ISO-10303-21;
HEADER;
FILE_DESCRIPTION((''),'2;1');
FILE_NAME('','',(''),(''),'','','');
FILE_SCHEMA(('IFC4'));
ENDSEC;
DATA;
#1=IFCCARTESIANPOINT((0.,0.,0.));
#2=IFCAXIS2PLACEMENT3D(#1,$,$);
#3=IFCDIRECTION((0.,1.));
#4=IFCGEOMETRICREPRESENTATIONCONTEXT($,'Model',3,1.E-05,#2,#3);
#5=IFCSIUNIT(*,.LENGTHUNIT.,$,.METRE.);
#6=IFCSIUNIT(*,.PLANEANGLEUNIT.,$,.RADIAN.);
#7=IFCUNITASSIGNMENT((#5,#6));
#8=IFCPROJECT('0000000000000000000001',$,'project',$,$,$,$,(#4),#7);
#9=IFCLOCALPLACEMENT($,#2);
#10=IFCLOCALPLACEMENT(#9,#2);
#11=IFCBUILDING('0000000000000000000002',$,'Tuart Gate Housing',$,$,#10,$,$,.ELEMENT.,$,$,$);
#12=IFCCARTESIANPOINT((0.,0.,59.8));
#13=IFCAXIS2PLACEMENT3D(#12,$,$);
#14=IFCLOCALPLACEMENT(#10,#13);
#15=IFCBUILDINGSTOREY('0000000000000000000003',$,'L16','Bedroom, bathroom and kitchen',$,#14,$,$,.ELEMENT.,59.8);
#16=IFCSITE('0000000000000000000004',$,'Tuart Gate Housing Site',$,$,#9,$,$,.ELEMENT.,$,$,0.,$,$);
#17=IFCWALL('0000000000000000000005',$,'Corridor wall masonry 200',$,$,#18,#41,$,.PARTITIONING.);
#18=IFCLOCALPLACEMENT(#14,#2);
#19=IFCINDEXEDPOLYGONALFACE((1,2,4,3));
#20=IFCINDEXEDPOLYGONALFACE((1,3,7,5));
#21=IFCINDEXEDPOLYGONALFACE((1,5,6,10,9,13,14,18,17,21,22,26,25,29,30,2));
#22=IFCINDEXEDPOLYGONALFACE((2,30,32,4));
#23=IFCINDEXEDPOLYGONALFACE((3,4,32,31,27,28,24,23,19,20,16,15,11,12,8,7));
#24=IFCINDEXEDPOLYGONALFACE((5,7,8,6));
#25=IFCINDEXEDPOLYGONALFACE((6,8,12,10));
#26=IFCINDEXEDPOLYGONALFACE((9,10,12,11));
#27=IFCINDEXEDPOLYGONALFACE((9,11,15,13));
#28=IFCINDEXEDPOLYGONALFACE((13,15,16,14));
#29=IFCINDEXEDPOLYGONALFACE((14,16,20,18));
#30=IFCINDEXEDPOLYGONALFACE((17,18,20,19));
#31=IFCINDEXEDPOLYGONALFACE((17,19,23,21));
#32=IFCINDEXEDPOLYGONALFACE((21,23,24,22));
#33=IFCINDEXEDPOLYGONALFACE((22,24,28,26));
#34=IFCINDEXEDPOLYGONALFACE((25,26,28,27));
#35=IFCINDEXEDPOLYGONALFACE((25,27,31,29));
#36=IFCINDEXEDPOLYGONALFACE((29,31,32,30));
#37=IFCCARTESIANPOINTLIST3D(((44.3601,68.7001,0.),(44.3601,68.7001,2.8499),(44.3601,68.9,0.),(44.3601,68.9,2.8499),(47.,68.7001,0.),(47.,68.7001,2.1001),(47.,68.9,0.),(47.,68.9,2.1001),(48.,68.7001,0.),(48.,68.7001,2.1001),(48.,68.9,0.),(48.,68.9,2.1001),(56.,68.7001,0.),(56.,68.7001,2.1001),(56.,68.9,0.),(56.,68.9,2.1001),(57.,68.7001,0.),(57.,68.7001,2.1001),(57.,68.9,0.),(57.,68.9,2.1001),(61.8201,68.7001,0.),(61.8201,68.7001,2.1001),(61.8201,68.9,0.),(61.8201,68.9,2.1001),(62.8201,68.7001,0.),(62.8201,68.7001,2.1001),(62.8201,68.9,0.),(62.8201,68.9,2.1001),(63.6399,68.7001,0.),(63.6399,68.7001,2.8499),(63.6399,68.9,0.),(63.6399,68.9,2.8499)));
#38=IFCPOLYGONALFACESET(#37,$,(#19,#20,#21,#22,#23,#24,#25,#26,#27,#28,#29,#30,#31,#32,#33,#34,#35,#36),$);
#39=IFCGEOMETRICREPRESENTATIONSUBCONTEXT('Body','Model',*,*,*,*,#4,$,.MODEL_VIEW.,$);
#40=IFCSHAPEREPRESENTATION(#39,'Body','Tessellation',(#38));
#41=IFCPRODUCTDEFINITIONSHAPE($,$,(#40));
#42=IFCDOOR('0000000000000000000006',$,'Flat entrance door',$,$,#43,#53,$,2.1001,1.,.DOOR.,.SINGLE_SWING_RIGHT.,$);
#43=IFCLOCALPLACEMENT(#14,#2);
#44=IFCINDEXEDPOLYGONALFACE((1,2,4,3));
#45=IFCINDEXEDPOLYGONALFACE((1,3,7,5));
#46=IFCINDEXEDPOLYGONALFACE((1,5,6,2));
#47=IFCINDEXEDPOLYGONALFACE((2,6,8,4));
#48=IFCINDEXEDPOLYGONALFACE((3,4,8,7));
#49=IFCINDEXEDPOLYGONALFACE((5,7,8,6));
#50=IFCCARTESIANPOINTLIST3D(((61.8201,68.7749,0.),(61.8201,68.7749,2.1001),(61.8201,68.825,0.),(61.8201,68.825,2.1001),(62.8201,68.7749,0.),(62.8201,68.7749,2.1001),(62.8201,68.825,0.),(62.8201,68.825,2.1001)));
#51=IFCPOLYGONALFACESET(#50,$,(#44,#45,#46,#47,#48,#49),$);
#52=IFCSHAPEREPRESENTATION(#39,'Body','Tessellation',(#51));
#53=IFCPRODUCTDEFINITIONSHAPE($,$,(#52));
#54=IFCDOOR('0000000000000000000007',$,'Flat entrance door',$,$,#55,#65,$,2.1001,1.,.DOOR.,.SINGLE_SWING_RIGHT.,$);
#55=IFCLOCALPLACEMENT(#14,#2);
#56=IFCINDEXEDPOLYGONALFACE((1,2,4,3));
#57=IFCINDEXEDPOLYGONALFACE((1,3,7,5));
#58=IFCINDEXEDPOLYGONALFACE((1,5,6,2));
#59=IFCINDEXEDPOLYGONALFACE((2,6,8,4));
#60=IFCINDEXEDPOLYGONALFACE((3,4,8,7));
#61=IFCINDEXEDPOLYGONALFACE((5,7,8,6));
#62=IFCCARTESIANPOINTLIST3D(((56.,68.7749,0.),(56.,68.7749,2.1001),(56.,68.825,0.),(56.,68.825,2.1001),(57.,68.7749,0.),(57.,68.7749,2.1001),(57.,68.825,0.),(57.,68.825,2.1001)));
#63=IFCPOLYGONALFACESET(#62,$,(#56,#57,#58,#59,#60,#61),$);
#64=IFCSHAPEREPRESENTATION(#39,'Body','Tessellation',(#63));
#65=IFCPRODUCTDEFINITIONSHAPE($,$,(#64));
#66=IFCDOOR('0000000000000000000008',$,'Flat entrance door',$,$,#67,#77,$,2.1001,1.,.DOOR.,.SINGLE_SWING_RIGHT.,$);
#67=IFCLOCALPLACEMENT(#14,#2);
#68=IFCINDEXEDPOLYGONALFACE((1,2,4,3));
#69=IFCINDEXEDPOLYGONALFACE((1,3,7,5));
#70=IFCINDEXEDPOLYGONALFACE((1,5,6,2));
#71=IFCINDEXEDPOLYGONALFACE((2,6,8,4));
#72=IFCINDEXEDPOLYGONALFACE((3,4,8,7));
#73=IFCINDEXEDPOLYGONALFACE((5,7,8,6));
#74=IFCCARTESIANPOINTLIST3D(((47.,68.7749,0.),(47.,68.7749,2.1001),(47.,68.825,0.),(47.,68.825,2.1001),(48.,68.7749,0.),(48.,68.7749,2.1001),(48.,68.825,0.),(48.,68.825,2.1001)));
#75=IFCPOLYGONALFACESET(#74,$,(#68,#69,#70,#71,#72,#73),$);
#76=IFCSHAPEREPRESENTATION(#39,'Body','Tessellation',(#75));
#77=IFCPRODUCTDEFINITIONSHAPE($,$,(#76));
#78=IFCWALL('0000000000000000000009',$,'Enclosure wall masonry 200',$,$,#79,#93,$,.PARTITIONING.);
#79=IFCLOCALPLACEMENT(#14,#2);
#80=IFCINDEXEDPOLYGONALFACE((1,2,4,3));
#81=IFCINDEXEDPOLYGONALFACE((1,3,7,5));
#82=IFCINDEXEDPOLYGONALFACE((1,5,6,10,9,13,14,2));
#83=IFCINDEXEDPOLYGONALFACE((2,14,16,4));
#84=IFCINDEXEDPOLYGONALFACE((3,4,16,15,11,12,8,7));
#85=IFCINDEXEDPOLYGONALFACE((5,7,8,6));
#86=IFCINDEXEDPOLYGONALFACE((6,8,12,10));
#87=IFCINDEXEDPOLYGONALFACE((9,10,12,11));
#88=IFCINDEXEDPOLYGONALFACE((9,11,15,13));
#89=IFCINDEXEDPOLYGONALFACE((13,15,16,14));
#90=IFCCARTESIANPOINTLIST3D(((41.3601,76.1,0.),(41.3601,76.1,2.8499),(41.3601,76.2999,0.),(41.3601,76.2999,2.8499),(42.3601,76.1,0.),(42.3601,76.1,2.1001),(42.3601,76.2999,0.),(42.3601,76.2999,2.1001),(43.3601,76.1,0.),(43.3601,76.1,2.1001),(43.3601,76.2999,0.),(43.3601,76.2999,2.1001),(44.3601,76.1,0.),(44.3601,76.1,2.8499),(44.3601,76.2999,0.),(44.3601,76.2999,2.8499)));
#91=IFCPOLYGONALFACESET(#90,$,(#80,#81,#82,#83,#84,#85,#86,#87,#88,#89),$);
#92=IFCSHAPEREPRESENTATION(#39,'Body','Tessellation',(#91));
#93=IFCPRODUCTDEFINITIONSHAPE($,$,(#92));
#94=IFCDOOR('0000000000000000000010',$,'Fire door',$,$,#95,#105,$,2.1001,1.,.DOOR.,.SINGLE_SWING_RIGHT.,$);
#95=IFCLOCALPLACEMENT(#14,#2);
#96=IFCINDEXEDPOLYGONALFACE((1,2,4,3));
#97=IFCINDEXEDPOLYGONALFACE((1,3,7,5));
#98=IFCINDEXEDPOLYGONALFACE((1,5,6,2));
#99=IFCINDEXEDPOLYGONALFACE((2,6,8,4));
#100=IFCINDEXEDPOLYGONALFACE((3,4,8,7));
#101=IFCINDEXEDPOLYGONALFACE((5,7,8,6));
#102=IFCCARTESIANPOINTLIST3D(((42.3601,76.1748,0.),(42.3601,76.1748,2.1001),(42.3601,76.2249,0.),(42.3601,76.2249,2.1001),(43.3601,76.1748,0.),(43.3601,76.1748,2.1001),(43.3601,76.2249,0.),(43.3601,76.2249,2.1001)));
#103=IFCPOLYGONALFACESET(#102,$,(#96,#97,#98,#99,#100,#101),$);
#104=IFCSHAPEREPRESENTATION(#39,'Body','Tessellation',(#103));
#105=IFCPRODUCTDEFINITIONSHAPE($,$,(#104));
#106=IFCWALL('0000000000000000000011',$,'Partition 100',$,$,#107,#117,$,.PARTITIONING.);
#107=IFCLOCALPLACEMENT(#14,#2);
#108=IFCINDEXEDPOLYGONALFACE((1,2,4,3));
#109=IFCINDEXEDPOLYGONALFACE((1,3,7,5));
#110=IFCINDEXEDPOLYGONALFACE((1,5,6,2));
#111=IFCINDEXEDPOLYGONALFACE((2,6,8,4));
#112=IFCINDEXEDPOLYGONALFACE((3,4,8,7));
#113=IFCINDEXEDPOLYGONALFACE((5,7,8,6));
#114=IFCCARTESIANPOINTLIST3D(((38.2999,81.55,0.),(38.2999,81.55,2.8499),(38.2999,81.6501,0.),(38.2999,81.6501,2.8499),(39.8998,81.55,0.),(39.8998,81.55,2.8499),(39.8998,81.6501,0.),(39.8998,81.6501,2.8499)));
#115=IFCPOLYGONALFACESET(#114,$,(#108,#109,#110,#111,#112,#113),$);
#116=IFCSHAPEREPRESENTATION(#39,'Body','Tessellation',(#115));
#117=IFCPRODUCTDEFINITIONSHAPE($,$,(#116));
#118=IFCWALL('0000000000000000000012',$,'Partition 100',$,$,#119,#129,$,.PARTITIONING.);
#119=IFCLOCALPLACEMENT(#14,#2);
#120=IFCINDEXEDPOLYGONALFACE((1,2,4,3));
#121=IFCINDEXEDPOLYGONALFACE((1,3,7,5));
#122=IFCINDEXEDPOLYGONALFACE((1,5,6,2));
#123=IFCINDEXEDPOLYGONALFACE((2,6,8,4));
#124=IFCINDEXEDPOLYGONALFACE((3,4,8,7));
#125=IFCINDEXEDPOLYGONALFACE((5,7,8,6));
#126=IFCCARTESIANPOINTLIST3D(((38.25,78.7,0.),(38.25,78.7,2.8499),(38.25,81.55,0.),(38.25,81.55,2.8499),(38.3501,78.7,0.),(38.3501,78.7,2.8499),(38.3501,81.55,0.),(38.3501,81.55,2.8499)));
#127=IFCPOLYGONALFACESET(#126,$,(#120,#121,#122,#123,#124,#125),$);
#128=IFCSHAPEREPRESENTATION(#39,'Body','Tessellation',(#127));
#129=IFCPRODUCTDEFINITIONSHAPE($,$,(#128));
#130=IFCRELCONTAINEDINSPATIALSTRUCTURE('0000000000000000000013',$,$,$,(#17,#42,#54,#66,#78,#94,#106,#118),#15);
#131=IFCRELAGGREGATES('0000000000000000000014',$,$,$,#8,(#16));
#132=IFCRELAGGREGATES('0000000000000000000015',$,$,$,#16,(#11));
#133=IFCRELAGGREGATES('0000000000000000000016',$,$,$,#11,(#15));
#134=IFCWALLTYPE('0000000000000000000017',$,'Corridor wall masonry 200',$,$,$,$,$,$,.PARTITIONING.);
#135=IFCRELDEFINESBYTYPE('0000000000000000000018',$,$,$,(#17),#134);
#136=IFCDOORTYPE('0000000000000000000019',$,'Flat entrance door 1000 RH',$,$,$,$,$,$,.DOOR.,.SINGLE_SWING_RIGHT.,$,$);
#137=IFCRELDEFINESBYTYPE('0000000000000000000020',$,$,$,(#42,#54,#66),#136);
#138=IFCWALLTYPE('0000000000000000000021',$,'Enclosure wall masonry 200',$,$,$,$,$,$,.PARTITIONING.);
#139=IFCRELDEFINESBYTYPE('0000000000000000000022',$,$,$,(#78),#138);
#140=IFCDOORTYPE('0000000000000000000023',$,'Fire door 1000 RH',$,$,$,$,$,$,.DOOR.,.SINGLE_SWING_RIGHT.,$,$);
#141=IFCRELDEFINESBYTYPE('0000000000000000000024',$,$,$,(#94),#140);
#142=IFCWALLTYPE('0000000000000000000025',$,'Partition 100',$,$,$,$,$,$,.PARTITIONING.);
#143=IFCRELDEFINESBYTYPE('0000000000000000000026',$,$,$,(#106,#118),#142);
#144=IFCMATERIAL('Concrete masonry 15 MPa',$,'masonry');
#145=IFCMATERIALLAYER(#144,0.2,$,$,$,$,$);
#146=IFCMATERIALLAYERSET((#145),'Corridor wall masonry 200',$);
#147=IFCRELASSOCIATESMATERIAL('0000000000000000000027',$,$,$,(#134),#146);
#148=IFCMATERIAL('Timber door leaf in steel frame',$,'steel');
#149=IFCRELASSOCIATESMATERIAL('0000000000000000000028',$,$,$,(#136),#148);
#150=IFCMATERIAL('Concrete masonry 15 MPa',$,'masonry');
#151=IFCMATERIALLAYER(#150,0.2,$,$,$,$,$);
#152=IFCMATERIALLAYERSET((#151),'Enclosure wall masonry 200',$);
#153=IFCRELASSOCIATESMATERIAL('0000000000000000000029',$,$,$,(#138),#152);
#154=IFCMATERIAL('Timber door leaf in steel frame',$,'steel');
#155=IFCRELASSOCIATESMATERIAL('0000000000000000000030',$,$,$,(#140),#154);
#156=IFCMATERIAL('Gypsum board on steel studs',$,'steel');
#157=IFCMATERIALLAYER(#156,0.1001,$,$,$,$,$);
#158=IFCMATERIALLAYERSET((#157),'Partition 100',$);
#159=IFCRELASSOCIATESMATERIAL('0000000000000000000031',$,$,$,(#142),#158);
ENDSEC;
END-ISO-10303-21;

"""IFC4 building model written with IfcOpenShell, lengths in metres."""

from ifc_helpers import new_model, si_unit, direction, frame, frame_2d, origin, place, context, subcontext, project, spatial, rectangle, extrude, material, layer, layer_set, type_object, element, fill, save


model = new_model("IFC4")

# Units and contexts
model_context = context("Model", 3, precision=1e-05, world=origin(), true_north=direction((0.0, 1.0)))
body_context = subcontext(model_context, "Body", "Model", "MODEL_VIEW")
ifc_project = project(units=[si_unit("LENGTHUNIT", "METRE"), si_unit("PLANEANGLEUNIT", "RADIAN")], contexts=[model_context])

# Site, building, storey
site_placement = place(None, origin())
site = spatial("IfcSite", under=ifc_project, at=site_placement, Name="Tuart Gate Housing Site", CompositionType="ELEMENT", RefElevation=0.0)
building_placement = place(site_placement, origin())
building = spatial("IfcBuilding", under=site, at=building_placement, Name="Tuart Gate Housing", CompositionType="ELEMENT")
storey_placement = place(building_placement, frame((0.0, 0.0, 59.8)))
storey = spatial("IfcBuildingStorey", under=building, at=storey_placement, Name="L16", Description="Bedroom, bathroom and kitchen", CompositionType="ELEMENT", Elevation=59.8)

# Wall, openings, doors
ifc_material_1 = material(Name="Concrete masonry 15 MPa", Category="masonry")
ifc_layer_1 = layer(ifc_material_1, 0.2)
ifc_layer_set_1 = layer_set([ifc_layer_1], Name="Corridor wall masonry 200")
wall_type_1 = type_object("IfcWallType", Name="Corridor wall masonry 200", PredefinedType="PARTITIONING", material=ifc_layer_set_1)
wall_1_placement = place(storey_placement, frame((44.3601, 68.8, 0.0), z_axis=(0.0, 0.0, 1.0), x_axis=(1.0, 0.0, 0.0)))
wall_1 = element("IfcWall", 1, at=wall_1_placement, inside=storey, type_object=wall_type_1, Name="Corridor wall masonry 200", PredefinedType="PARTITIONING", context=body_context, shape_type="SweptSolid", body=[
    extrude(rectangle(XDim=19.2798, YDim=0.2, at=frame_2d((9.6399, 0.0))), origin(), (0.0, 0.0, 1.0), 2.8499),
])
opening_1_placement = place(wall_1_placement, frame((17.46, 0.0, 0.0)))
opening_1 = element("IfcOpeningElement", 2, at=opening_1_placement, cuts=wall_1, PredefinedType="OPENING", context=body_context, shape_type="SweptSolid", body=[
    extrude(rectangle(XDim=1.0, YDim=2.1001, at=frame_2d((0.5, 1.05))), frame((0.0, 0.1099, 0.0), z_axis=(0.0, -1.0, 0.0), x_axis=(1.0, 0.0, 0.0)), (0.0, 0.0, 1.0), 0.22),
])
opening_2_placement = place(wall_1_placement, frame((11.6399, 0.0, 0.0)))
opening_2 = element("IfcOpeningElement", 3, at=opening_2_placement, cuts=wall_1, PredefinedType="OPENING", context=body_context, shape_type="SweptSolid", body=[
    extrude(rectangle(XDim=1.0, YDim=2.1001, at=frame_2d((0.5, 1.05))), frame((0.0, 0.1099, 0.0), z_axis=(0.0, -1.0, 0.0), x_axis=(1.0, 0.0, 0.0)), (0.0, 0.0, 1.0), 0.22),
])
opening_3_placement = place(wall_1_placement, frame((2.6399, 0.0, 0.0)))
opening_3 = element("IfcOpeningElement", 4, at=opening_3_placement, cuts=wall_1, PredefinedType="OPENING", context=body_context, shape_type="SweptSolid", body=[
    extrude(rectangle(XDim=1.0, YDim=2.1001, at=frame_2d((0.5, 1.05))), frame((0.0, 0.1099, 0.0), z_axis=(0.0, -1.0, 0.0), x_axis=(1.0, 0.0, 0.0)), (0.0, 0.0, 1.0), 0.22),
])
ifc_material_2 = material(Name="Timber door leaf in steel frame", Category="steel")
door_type_1 = type_object("IfcDoorType", Name="Flat entrance door 1000 RH", OperationType="SINGLE_SWING_RIGHT", PredefinedType="DOOR", material=ifc_material_2)
door_1_placement = place(opening_1_placement, frame((1.0, 0.0, 0.0), z_axis=(0.0, 0.0, 1.0), x_axis=(-1.0, 0.0, 0.0)))
door_1 = element("IfcDoor", 5, at=door_1_placement, inside=storey, type_object=door_type_1, Name="Flat entrance door", OperationType="SINGLE_SWING_RIGHT", OverallHeight=2.1001, OverallWidth=1.0, PredefinedType="DOOR", context=body_context, shape_type="SweptSolid", body=[
    extrude(rectangle(XDim=1.0, YDim=2.1001, at=frame_2d((0.5, 1.05))), frame((0.0, 0.0251, 0.0), z_axis=(0.0, -1.0, 0.0), x_axis=(1.0, 0.0, 0.0)), (0.0, 0.0, 1.0), 0.05),
])
fill(opening_1, door_1)
door_2_placement = place(opening_2_placement, frame((1.0, 0.0, 0.0), z_axis=(0.0, 0.0, 1.0), x_axis=(-1.0, 0.0, 0.0)))
door_2 = element("IfcDoor", 6, at=door_2_placement, inside=storey, type_object=door_type_1, Name="Flat entrance door", OperationType="SINGLE_SWING_RIGHT", OverallHeight=2.1001, OverallWidth=1.0, PredefinedType="DOOR", context=body_context, shape_type="SweptSolid", body=[
    extrude(rectangle(XDim=1.0, YDim=2.1001, at=frame_2d((0.5, 1.05))), frame((0.0, 0.0251, 0.0), z_axis=(0.0, -1.0, 0.0), x_axis=(1.0, 0.0, 0.0)), (0.0, 0.0, 1.0), 0.05),
])
fill(opening_2, door_2)
door_3_placement = place(opening_3_placement, frame((1.0, 0.0, 0.0), z_axis=(0.0, 0.0, 1.0), x_axis=(-1.0, 0.0, 0.0)))
door_3 = element("IfcDoor", 7, at=door_3_placement, inside=storey, type_object=door_type_1, Name="Flat entrance door", OperationType="SINGLE_SWING_RIGHT", OverallHeight=2.1001, OverallWidth=1.0, PredefinedType="DOOR", context=body_context, shape_type="SweptSolid", body=[
    extrude(rectangle(XDim=1.0, YDim=2.1001, at=frame_2d((0.5, 1.05))), frame((0.0, 0.0251, 0.0), z_axis=(0.0, -1.0, 0.0), x_axis=(1.0, 0.0, 0.0)), (0.0, 0.0, 1.0), 0.05),
])
fill(opening_3, door_3)

# Wall, opening, door
ifc_material_3 = material(Name="Concrete masonry 15 MPa", Category="masonry")
ifc_layer_2 = layer(ifc_material_3, 0.2)
ifc_layer_set_2 = layer_set([ifc_layer_2], Name="Enclosure wall masonry 200")
wall_type_2 = type_object("IfcWallType", Name="Enclosure wall masonry 200", PredefinedType="PARTITIONING", material=ifc_layer_set_2)
wall_2_placement = place(storey_placement, frame((41.3601, 76.2, 0.0), z_axis=(0.0, 0.0, 1.0), x_axis=(1.0, 0.0, 0.0)))
wall_2 = element("IfcWall", 8, at=wall_2_placement, inside=storey, type_object=wall_type_2, Name="Enclosure wall masonry 200", PredefinedType="PARTITIONING", context=body_context, shape_type="SweptSolid", body=[
    extrude(rectangle(XDim=3.0, YDim=0.2, at=frame_2d((1.5, 0.0))), origin(), (0.0, 0.0, 1.0), 2.8499),
])
opening_4_placement = place(wall_2_placement, frame((1.0, 0.0, 0.0)))
opening_4 = element("IfcOpeningElement", 9, at=opening_4_placement, cuts=wall_2, PredefinedType="OPENING", context=body_context, shape_type="SweptSolid", body=[
    extrude(rectangle(XDim=1.0, YDim=2.1001, at=frame_2d((0.5, 1.05))), frame((0.0, 0.1099, 0.0), z_axis=(0.0, -1.0, 0.0), x_axis=(1.0, 0.0, 0.0)), (0.0, 0.0, 1.0), 0.22),
])
ifc_material_4 = material(Name="Timber door leaf in steel frame", Category="steel")
door_type_2 = type_object("IfcDoorType", Name="Fire door 1000 RH", OperationType="SINGLE_SWING_RIGHT", PredefinedType="DOOR", material=ifc_material_4)
door_4_placement = place(opening_4_placement, origin())
door_4 = element("IfcDoor", 10, at=door_4_placement, inside=storey, type_object=door_type_2, Name="Fire door", OperationType="SINGLE_SWING_RIGHT", OverallHeight=2.1001, OverallWidth=1.0, PredefinedType="DOOR", context=body_context, shape_type="SweptSolid", body=[
    extrude(rectangle(XDim=1.0, YDim=2.1001, at=frame_2d((0.5, 1.05))), frame((0.0, 0.0249, 0.0), z_axis=(0.0, -1.0, 0.0), x_axis=(1.0, 0.0, 0.0)), (0.0, 0.0, 1.0), 0.05),
])
fill(opening_4, door_4)

# Walls
ifc_material_5 = material(Name="Gypsum board on steel studs", Category="steel")
ifc_layer_3 = layer(ifc_material_5, 0.1001)
ifc_layer_set_3 = layer_set([ifc_layer_3], Name="Partition 100")
wall_type_3 = type_object("IfcWallType", Name="Partition 100", PredefinedType="PARTITIONING", material=ifc_layer_set_3)
wall_3_placement = place(storey_placement, frame((38.3, 81.6001, 0.0), z_axis=(0.0, 0.0, 1.0), x_axis=(1.0, 0.0, 0.0)))
element("IfcWall", 11, at=wall_3_placement, inside=storey, type_object=wall_type_3, Name="Partition 100", PredefinedType="PARTITIONING", context=body_context, shape_type="SweptSolid", body=[
    extrude(rectangle(XDim=1.5999, YDim=0.1001, at=frame_2d((0.7998, 0.0))), origin(), (0.0, 0.0, 1.0), 2.8499),
])
wall_4_placement = place(storey_placement, frame((38.3, 78.7, 0.0), z_axis=(0.0, 0.0, 1.0), x_axis=(0.0, 1.0, 0.0)))
element("IfcWall", 12, at=wall_4_placement, inside=storey, type_object=wall_type_3, Name="Partition 100", PredefinedType="PARTITIONING", context=body_context, shape_type="SweptSolid", body=[
    extrude(rectangle(XDim=2.8501, YDim=0.1001, at=frame_2d((1.425, 0.0))), origin(), (0.0, 0.0, 1.0), 2.8499),
])

save(model, "model.ifc")
